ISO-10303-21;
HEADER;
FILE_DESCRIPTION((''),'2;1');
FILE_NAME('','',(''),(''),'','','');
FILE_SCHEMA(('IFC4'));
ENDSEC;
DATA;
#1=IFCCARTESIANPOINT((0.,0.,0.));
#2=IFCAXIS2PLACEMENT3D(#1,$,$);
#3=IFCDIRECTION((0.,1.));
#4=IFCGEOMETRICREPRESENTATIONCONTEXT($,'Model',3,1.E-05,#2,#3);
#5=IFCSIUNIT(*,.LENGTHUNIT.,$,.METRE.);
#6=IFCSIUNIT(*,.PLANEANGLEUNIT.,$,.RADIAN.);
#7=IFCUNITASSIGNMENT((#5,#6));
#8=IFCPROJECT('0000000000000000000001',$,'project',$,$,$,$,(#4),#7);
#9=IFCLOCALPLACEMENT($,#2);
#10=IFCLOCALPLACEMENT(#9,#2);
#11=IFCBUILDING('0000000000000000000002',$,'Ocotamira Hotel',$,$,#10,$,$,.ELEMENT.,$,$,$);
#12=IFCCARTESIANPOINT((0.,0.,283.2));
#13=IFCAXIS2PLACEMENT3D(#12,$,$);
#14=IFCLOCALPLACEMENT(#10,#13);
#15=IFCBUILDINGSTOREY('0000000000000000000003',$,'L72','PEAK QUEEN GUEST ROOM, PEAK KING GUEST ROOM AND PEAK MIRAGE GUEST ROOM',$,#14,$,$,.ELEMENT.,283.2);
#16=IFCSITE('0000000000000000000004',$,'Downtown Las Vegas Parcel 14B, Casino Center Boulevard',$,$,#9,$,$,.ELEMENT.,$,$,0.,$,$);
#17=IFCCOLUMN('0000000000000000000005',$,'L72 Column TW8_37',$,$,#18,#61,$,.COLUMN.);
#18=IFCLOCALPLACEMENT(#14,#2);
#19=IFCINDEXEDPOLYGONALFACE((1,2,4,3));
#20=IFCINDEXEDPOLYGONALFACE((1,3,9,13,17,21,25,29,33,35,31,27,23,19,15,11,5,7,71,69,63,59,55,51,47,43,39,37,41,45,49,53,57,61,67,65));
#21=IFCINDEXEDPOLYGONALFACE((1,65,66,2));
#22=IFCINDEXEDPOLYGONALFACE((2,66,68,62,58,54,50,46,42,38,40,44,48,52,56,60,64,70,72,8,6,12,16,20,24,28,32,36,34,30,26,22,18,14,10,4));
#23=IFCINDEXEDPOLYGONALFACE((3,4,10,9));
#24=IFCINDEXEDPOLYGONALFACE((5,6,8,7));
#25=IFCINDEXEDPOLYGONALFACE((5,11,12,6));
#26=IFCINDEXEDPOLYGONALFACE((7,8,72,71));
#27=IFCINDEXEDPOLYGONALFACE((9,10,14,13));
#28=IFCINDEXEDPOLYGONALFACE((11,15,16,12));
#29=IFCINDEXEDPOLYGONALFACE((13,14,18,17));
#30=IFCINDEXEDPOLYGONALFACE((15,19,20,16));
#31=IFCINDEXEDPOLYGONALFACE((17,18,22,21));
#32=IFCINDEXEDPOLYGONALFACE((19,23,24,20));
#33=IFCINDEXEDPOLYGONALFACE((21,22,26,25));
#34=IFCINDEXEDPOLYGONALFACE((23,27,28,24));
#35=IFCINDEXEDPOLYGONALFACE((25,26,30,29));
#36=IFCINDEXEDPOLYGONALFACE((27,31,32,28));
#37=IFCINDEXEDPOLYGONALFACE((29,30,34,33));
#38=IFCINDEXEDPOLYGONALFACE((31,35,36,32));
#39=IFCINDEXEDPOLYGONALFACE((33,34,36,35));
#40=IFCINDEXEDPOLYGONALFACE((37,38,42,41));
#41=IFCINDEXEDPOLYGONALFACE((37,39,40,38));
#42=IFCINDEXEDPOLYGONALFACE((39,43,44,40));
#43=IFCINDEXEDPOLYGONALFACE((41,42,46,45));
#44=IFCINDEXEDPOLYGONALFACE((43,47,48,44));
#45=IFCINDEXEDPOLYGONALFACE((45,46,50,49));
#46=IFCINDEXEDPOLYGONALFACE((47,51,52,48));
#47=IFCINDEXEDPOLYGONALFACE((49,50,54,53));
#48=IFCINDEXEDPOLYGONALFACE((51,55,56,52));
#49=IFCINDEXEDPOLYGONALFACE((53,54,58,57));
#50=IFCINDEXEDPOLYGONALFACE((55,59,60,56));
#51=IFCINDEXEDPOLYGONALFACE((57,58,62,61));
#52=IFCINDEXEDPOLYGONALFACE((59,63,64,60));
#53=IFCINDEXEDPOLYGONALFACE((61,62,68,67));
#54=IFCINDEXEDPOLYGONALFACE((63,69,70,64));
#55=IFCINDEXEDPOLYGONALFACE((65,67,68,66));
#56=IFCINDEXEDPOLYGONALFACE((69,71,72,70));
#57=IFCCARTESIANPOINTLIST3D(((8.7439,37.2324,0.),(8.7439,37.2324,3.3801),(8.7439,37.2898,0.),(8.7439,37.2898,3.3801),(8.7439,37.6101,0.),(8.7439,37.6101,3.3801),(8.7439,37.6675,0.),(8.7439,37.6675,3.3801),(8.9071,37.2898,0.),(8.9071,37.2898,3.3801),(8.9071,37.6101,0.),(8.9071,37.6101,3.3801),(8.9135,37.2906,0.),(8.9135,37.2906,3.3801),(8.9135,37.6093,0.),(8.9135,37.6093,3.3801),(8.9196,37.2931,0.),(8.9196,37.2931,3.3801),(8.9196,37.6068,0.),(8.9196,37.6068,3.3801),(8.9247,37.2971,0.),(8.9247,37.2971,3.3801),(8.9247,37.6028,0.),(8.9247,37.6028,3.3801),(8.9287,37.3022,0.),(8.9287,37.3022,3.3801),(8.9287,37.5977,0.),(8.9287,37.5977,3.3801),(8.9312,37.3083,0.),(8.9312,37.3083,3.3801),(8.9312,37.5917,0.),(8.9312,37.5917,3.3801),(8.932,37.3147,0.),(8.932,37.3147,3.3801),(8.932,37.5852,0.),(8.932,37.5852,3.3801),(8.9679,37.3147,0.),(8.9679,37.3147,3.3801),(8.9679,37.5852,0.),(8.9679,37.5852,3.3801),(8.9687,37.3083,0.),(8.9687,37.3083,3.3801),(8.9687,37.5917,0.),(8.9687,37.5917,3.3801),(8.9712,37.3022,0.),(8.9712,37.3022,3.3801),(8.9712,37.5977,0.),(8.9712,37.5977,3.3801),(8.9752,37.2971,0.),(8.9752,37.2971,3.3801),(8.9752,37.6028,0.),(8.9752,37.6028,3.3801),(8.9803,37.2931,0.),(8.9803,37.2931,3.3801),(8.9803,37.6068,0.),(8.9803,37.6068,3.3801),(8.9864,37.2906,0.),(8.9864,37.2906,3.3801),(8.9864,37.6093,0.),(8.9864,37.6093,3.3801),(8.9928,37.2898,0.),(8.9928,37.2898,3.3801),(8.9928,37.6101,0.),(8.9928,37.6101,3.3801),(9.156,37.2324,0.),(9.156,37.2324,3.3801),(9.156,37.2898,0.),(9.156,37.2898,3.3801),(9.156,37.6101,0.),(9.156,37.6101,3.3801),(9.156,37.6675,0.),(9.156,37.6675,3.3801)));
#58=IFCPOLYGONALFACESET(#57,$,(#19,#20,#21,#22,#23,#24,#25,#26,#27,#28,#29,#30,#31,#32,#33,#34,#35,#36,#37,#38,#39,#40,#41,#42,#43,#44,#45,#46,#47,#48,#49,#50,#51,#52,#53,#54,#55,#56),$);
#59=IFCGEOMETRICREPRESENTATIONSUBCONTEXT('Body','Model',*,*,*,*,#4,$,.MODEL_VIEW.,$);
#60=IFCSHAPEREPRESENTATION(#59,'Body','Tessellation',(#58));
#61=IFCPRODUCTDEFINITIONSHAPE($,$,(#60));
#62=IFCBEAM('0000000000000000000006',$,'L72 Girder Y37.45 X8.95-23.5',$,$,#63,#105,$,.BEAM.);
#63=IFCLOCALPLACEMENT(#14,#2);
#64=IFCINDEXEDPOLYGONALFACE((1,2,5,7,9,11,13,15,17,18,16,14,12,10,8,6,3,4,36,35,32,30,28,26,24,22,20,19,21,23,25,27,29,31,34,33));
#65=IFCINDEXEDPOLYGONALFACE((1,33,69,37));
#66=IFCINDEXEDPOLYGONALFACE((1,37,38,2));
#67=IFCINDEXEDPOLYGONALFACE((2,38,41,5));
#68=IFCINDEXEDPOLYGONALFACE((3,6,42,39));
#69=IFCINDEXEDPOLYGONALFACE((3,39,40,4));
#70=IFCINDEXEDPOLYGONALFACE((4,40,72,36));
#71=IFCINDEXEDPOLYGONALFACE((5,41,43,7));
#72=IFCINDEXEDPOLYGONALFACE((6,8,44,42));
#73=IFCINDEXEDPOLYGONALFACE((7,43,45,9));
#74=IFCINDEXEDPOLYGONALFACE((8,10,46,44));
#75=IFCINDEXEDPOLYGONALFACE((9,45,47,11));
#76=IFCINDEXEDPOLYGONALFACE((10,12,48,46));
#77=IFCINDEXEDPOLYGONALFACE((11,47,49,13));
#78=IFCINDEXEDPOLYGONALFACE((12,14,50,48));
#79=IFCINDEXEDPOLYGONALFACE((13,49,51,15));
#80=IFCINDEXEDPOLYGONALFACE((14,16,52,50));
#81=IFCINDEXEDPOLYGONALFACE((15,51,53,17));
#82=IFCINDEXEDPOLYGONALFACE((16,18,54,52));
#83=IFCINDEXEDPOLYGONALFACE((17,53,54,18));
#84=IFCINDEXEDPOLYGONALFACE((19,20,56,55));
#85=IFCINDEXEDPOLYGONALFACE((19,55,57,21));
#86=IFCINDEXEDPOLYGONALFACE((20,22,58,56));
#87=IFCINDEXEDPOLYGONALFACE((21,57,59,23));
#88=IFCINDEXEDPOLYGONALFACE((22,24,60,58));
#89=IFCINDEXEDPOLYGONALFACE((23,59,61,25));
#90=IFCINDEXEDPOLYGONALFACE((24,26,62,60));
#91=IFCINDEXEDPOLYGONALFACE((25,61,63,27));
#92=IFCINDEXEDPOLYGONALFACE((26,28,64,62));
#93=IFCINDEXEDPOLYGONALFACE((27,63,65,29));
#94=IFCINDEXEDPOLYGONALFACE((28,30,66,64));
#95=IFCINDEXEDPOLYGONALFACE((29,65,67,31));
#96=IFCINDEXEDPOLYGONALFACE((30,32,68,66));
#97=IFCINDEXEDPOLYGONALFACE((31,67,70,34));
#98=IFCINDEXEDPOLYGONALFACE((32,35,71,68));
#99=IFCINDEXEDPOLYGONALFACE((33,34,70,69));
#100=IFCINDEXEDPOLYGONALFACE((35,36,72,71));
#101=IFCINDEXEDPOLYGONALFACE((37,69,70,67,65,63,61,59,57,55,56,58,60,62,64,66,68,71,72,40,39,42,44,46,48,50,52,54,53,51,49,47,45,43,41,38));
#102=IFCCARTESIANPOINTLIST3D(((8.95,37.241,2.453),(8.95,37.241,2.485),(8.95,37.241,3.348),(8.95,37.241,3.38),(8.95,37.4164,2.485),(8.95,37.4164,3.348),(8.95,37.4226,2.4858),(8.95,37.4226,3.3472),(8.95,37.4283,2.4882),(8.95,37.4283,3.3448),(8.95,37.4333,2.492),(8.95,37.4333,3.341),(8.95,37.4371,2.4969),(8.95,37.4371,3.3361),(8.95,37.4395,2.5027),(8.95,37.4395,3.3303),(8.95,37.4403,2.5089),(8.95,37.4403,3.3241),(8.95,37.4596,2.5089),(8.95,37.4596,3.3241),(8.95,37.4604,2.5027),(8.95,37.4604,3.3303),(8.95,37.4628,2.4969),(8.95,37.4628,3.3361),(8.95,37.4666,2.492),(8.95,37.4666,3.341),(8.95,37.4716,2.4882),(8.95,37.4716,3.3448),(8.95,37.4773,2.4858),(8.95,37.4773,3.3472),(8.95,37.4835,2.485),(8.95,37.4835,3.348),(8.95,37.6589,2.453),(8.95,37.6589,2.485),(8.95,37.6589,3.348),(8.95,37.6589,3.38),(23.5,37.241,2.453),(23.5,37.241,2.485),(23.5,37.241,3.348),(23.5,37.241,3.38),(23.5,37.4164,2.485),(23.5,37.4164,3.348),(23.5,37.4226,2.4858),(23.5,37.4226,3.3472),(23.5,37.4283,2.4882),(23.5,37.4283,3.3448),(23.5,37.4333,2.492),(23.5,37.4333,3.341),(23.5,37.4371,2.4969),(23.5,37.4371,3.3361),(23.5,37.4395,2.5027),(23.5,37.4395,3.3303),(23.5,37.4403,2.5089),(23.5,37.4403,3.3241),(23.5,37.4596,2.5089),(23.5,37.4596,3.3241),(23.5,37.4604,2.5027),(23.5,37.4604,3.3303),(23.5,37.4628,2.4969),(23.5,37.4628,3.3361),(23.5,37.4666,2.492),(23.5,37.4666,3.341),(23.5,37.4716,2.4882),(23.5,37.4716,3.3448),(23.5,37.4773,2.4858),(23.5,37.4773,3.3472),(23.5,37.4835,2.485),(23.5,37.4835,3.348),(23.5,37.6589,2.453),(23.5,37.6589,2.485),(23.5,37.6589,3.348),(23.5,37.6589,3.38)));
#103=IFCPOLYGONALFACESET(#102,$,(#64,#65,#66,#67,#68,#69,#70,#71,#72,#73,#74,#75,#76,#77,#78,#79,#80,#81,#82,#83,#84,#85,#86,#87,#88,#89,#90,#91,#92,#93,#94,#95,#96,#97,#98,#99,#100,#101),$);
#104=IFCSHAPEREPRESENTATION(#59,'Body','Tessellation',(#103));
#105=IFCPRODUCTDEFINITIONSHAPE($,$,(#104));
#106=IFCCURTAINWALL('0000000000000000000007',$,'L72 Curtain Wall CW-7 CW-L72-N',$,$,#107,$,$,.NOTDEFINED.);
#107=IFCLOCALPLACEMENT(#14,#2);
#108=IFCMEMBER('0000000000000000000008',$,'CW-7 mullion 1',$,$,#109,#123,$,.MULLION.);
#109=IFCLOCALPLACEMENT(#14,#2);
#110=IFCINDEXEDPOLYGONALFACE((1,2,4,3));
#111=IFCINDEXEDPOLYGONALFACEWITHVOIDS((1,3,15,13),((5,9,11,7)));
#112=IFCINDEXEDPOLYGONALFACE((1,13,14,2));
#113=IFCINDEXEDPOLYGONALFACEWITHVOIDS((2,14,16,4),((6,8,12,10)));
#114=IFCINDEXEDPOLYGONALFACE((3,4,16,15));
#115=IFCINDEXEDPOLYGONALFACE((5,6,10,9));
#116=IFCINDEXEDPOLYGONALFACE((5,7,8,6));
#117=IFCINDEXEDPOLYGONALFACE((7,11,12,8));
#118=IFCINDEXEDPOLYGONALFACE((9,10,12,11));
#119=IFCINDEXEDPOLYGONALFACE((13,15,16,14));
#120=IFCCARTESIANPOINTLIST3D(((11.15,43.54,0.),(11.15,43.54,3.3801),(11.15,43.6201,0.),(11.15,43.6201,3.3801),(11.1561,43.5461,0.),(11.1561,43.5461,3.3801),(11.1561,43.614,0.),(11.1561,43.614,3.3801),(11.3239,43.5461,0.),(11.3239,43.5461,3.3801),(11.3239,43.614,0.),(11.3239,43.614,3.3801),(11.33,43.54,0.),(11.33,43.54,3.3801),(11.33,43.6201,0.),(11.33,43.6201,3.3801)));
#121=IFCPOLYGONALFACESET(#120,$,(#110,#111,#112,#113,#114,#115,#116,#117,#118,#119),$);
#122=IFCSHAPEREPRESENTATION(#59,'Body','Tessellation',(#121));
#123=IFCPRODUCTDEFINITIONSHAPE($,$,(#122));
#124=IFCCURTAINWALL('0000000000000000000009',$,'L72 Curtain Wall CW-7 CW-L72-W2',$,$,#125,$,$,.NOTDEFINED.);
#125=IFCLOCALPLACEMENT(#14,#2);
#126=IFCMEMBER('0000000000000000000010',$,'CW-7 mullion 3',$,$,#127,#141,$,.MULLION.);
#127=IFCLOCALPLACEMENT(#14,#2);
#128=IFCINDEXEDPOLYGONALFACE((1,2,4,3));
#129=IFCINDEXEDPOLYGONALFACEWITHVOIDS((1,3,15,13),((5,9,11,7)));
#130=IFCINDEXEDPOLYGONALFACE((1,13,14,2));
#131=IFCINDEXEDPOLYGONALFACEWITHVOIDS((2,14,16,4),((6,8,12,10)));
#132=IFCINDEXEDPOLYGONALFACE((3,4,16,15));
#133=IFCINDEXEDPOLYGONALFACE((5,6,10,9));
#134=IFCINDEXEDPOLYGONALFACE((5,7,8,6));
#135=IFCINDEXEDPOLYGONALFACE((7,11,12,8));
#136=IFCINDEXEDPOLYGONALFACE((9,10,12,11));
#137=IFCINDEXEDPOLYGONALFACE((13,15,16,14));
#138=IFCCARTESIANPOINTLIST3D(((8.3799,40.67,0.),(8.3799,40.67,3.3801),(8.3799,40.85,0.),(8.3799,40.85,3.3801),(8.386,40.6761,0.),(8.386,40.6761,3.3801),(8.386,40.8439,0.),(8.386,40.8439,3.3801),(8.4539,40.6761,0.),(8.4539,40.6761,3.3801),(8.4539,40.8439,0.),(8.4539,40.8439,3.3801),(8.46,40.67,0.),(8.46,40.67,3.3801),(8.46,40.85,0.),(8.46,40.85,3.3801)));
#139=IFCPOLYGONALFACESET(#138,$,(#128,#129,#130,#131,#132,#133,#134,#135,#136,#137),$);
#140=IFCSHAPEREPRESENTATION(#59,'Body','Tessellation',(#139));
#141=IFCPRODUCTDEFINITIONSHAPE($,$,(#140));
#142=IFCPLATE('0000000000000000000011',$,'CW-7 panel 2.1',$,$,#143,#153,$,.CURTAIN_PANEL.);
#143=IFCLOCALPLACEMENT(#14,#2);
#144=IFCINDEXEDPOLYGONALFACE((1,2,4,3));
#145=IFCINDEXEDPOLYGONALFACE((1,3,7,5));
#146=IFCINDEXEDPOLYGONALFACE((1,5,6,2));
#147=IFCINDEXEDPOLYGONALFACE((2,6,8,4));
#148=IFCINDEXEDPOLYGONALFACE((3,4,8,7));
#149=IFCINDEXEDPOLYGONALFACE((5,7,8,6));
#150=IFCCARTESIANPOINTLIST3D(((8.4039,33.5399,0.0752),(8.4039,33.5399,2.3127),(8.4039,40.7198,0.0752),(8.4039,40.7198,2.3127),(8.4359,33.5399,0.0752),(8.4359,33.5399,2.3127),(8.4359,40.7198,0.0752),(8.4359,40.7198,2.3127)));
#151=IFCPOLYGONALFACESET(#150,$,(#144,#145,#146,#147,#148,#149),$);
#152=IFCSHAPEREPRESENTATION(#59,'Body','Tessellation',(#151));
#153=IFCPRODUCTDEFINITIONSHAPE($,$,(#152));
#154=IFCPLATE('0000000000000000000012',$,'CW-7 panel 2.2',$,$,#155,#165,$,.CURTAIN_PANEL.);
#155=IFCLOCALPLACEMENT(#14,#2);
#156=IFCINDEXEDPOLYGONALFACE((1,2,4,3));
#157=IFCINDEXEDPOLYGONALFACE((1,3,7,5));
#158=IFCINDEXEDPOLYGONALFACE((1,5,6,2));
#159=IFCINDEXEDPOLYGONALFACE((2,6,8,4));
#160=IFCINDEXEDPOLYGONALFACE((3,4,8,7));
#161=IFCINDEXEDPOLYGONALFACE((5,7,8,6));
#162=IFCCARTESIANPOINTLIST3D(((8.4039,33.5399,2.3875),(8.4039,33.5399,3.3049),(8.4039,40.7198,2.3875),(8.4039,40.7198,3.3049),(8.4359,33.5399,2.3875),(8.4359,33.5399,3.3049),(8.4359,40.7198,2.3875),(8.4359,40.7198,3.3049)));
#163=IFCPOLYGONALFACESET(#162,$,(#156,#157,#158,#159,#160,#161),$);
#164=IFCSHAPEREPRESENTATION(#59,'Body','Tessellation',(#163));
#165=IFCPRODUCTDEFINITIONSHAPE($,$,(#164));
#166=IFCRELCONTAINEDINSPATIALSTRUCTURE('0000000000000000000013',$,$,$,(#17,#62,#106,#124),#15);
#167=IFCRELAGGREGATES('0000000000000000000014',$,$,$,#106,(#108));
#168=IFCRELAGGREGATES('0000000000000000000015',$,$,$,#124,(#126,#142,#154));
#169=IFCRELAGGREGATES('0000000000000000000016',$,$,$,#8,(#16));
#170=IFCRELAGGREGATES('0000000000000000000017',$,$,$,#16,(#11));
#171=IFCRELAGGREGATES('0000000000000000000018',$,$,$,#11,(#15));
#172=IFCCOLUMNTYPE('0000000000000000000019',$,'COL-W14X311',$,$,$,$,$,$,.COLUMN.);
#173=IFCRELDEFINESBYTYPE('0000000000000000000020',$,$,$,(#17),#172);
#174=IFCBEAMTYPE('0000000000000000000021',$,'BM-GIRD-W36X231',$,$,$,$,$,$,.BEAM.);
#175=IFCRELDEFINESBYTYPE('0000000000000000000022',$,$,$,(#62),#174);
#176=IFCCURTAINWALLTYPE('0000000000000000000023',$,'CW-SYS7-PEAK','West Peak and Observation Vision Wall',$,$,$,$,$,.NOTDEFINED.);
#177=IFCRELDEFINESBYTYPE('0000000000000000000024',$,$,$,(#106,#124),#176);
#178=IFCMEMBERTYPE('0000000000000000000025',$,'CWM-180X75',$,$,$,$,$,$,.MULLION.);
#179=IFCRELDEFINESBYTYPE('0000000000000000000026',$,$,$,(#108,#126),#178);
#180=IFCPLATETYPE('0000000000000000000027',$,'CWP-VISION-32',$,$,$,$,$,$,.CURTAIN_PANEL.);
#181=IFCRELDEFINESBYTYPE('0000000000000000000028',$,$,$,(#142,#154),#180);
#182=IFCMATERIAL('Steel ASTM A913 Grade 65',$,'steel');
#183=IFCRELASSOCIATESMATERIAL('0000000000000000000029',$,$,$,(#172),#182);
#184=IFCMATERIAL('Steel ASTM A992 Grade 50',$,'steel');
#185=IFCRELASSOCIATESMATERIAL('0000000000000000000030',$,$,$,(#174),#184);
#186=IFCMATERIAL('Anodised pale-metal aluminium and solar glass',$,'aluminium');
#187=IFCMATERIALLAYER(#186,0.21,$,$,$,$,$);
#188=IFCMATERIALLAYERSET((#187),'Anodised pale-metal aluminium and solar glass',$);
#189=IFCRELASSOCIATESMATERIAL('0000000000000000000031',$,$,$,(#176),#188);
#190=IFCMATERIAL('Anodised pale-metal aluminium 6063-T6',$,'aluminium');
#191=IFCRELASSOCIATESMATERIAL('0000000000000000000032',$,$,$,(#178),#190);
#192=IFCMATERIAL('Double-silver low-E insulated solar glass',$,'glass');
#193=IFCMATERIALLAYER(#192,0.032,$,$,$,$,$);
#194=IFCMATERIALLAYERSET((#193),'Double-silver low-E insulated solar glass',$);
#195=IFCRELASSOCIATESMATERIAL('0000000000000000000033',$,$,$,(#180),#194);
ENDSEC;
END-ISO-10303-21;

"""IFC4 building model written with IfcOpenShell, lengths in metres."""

from ifc_helpers import new_model, si_unit, direction, frame, origin, origin_2d, place, context, subcontext, project, spatial, rectangle, hollow_rectangle, i_section, extrude, source, transform, mapped, material, layer, layer_set, material_profile, profile_set, type_object, element, aggregate, save


model = new_model("IFC4")

# Units and contexts
model_context = context("Model", 3, precision=1e-05, world=origin(), true_north=direction((0.0, 1.0)))
body_context = subcontext(model_context, "Body", "Model", "MODEL_VIEW")
ifc_project = project(units=[si_unit("LENGTHUNIT", "METRE"), si_unit("PLANEANGLEUNIT", "RADIAN")], contexts=[model_context])

# Site, building, storey
site_placement = place(None, origin())
site = spatial("IfcSite", under=ifc_project, at=site_placement, Name="Downtown Las Vegas Parcel 14B, Casino Center Boulevard", CompositionType="ELEMENT", RefElevation=0.0)
building_placement = place(site_placement, origin())
building = spatial("IfcBuilding", under=site, at=building_placement, Name="Ocotamira Hotel", CompositionType="ELEMENT")
storey_placement = place(building_placement, frame((0.0, 0.0, 283.2)))
storey = spatial("IfcBuildingStorey", under=building, at=storey_placement, Name="L72", Description="PEAK QUEEN GUEST ROOM, PEAK KING GUEST ROOM AND PEAK MIRAGE GUEST ROOM", CompositionType="ELEMENT", Elevation=283.2)

# Column
ifc_material_1 = material(Name="Steel ASTM A913 Grade 65", Category="steel")
ifc_material_profile_1 = material_profile(ifc_material_1, i_section(OverallWidth=0.4121, OverallDepth=0.4351, WebThickness=0.0359, FlangeThickness=0.0574, FilletRadius=0.0249, at=origin_2d()), Name="W14X311")
ifc_profile_set_1 = profile_set([ifc_material_profile_1], Name="Steel ASTM A913 Grade 65")
column_type = type_object("IfcColumnType", Name="COL-W14X311", PredefinedType="COLUMN", material=ifc_profile_set_1)
shared_shape_1 = source(origin(), body_context, "Body", "SweptSolid", [
    extrude(i_section(OverallWidth=0.4121, OverallDepth=0.4351, WebThickness=0.0359, FlangeThickness=0.0574, FilletRadius=0.0249, at=origin_2d()), origin(), (0.0, 0.0, 1.0), 3.3801),
])
column_placement = place(storey_placement, frame((8.95, 37.45, 0.0), z_axis=(0.0, 0.0, 1.0), x_axis=(1.0, 0.0, 0.0)))
element("IfcColumn", 1, at=column_placement, inside=storey, type_object=column_type, Name="L72 Column TW8_37", PredefinedType="COLUMN", context=body_context, shape_type="MappedRepresentation", body=[
    mapped(shared_shape_1, transform((0.0, 0.0, 0.0), scale=1.0)),
])

# Beam
ifc_material_2 = material(Name="Steel ASTM A992 Grade 50", Category="steel")
ifc_material_profile_2 = material_profile(ifc_material_2, i_section(OverallWidth=0.418, OverallDepth=0.927, WebThickness=0.0193, FlangeThickness=0.032, FilletRadius=0.0239, at=origin_2d()), Name="W36X231")
ifc_profile_set_2 = profile_set([ifc_material_profile_2], Name="Steel ASTM A992 Grade 50")
beam_type = type_object("IfcBeamType", Name="BM-GIRD-W36X231", PredefinedType="BEAM", material=ifc_profile_set_2)
shared_shape_2 = source(origin(), body_context, "Body", "SweptSolid", [
    extrude(i_section(OverallWidth=0.418, OverallDepth=0.927, WebThickness=0.0193, FlangeThickness=0.032, FilletRadius=0.0239, at=origin_2d()), origin(), (0.0, 0.0, 1.0), 14.55),
])
beam_placement = place(storey_placement, frame((8.95, 37.45, 2.9165), z_axis=(1.0, 0.0, 0.0), x_axis=(0.0, 1.0, 0.0)))
element("IfcBeam", 2, at=beam_placement, inside=storey, type_object=beam_type, Name="L72 Girder Y37.45 X8.95-23.5", PredefinedType="BEAM", context=body_context, shape_type="MappedRepresentation", body=[
    mapped(shared_shape_2, transform((0.0, 0.0, 0.0), scale=1.0)),
])

# Curtain wall, member
ifc_material_3 = material(Name="Anodised pale-metal aluminium and solar glass", Category="aluminium")
ifc_layer_1 = layer(ifc_material_3, 0.21)
ifc_layer_set_1 = layer_set([ifc_layer_1], Name="Anodised pale-metal aluminium and solar glass")
curtain_wall_type = type_object("IfcCurtainWallType", Name="CW-SYS7-PEAK", Description="West Peak and Observation Vision Wall", PredefinedType="NOTDEFINED", material=ifc_layer_set_1)
curtain_wall_1_placement = place(storey_placement, origin())
curtain_wall_1 = element("IfcCurtainWall", 3, at=curtain_wall_1_placement, inside=storey, type_object=curtain_wall_type, Name="L72 Curtain Wall CW-7 CW-L72-N", PredefinedType="NOTDEFINED")
ifc_material_4 = material(Name="Anodised pale-metal aluminium 6063-T6", Category="aluminium")
ifc_material_profile_3 = material_profile(ifc_material_4, hollow_rectangle(XDim=0.0801, YDim=0.1799, WallThickness=0.0061, at=origin_2d()), Name="HSS180X80X6")
ifc_profile_set_3 = profile_set([ifc_material_profile_3], Name="Anodised pale-metal aluminium 6063-T6")
member_type = type_object("IfcMemberType", Name="CWM-180X75", PredefinedType="MULLION", material=ifc_profile_set_3)
shared_shape_3 = source(origin(), body_context, "Body", "SweptSolid", [
    extrude(hollow_rectangle(XDim=0.0801, YDim=0.1799, WallThickness=0.0061, at=origin_2d()), origin(), (0.0, 0.0, 1.0), 3.3801),
])
member_1_placement = place(storey_placement, frame((11.24, 43.5801, 0.0), z_axis=(0.0, 0.0, 1.0), x_axis=(0.0, 1.0, 0.0)))
member_1 = element("IfcMember", 4, at=member_1_placement, type_object=member_type, Name="CW-7 mullion 1", PredefinedType="MULLION", context=body_context, shape_type="MappedRepresentation", body=[
    mapped(shared_shape_3, transform((0.0, 0.0, 0.0), scale=1.0)),
])
aggregate(curtain_wall_1, [member_1])

# Curtain wall, member, plates
curtain_wall_2_placement = place(storey_placement, origin())
curtain_wall_2 = element("IfcCurtainWall", 5, at=curtain_wall_2_placement, inside=storey, type_object=curtain_wall_type, Name="L72 Curtain Wall CW-7 CW-L72-W2", PredefinedType="NOTDEFINED")
member_2_placement = place(storey_placement, frame((8.4199, 40.76, 0.0), z_axis=(0.0, 0.0, 1.0), x_axis=(-1.0, 0.0, 0.0)))
member_2 = element("IfcMember", 6, at=member_2_placement, type_object=member_type, Name="CW-7 mullion 3", PredefinedType="MULLION", context=body_context, shape_type="MappedRepresentation", body=[
    mapped(shared_shape_3, transform((0.0, 0.0, 0.0), scale=1.0)),
])
ifc_material_5 = material(Name="Double-silver low-E insulated solar glass", Category="glass")
ifc_layer_2 = layer(ifc_material_5, 0.032)
ifc_layer_set_2 = layer_set([ifc_layer_2], Name="Double-silver low-E insulated solar glass")
plate_type = type_object("IfcPlateType", Name="CWP-VISION-32", PredefinedType="CURTAIN_PANEL", material=ifc_layer_set_2)
shared_shape_4 = source(origin(), body_context, "Body", "SweptSolid", [
    extrude(rectangle(XDim=7.1799, YDim=0.032, at=origin_2d()), origin(), (0.0, 0.0, 1.0), 2.2375),
])
plate_1_placement = place(storey_placement, frame((8.4199, 37.1299, 0.0752), z_axis=(0.0, 0.0, 1.0), x_axis=(0.0, 1.0, 0.0)))
plate_1 = element("IfcPlate", 7, at=plate_1_placement, type_object=plate_type, Name="CW-7 panel 2.1", PredefinedType="CURTAIN_PANEL", context=body_context, shape_type="MappedRepresentation", body=[
    mapped(shared_shape_4, transform((0.0, 0.0, 0.0), scale=1.0)),
])
shared_shape_5 = source(origin(), body_context, "Body", "SweptSolid", [
    extrude(rectangle(XDim=7.1799, YDim=0.032, at=origin_2d()), origin(), (0.0, 0.0, 1.0), 0.9175),
])
plate_2_placement = place(storey_placement, frame((8.4199, 37.1299, 2.3875), z_axis=(0.0, 0.0, 1.0), x_axis=(0.0, 1.0, 0.0)))
plate_2 = element("IfcPlate", 8, at=plate_2_placement, type_object=plate_type, Name="CW-7 panel 2.2", PredefinedType="CURTAIN_PANEL", context=body_context, shape_type="MappedRepresentation", body=[
    mapped(shared_shape_5, transform((0.0, 0.0, 0.0), scale=1.0)),
])
aggregate(curtain_wall_2, [member_2, plate_1, plate_2])

save(model, "model.ifc")
